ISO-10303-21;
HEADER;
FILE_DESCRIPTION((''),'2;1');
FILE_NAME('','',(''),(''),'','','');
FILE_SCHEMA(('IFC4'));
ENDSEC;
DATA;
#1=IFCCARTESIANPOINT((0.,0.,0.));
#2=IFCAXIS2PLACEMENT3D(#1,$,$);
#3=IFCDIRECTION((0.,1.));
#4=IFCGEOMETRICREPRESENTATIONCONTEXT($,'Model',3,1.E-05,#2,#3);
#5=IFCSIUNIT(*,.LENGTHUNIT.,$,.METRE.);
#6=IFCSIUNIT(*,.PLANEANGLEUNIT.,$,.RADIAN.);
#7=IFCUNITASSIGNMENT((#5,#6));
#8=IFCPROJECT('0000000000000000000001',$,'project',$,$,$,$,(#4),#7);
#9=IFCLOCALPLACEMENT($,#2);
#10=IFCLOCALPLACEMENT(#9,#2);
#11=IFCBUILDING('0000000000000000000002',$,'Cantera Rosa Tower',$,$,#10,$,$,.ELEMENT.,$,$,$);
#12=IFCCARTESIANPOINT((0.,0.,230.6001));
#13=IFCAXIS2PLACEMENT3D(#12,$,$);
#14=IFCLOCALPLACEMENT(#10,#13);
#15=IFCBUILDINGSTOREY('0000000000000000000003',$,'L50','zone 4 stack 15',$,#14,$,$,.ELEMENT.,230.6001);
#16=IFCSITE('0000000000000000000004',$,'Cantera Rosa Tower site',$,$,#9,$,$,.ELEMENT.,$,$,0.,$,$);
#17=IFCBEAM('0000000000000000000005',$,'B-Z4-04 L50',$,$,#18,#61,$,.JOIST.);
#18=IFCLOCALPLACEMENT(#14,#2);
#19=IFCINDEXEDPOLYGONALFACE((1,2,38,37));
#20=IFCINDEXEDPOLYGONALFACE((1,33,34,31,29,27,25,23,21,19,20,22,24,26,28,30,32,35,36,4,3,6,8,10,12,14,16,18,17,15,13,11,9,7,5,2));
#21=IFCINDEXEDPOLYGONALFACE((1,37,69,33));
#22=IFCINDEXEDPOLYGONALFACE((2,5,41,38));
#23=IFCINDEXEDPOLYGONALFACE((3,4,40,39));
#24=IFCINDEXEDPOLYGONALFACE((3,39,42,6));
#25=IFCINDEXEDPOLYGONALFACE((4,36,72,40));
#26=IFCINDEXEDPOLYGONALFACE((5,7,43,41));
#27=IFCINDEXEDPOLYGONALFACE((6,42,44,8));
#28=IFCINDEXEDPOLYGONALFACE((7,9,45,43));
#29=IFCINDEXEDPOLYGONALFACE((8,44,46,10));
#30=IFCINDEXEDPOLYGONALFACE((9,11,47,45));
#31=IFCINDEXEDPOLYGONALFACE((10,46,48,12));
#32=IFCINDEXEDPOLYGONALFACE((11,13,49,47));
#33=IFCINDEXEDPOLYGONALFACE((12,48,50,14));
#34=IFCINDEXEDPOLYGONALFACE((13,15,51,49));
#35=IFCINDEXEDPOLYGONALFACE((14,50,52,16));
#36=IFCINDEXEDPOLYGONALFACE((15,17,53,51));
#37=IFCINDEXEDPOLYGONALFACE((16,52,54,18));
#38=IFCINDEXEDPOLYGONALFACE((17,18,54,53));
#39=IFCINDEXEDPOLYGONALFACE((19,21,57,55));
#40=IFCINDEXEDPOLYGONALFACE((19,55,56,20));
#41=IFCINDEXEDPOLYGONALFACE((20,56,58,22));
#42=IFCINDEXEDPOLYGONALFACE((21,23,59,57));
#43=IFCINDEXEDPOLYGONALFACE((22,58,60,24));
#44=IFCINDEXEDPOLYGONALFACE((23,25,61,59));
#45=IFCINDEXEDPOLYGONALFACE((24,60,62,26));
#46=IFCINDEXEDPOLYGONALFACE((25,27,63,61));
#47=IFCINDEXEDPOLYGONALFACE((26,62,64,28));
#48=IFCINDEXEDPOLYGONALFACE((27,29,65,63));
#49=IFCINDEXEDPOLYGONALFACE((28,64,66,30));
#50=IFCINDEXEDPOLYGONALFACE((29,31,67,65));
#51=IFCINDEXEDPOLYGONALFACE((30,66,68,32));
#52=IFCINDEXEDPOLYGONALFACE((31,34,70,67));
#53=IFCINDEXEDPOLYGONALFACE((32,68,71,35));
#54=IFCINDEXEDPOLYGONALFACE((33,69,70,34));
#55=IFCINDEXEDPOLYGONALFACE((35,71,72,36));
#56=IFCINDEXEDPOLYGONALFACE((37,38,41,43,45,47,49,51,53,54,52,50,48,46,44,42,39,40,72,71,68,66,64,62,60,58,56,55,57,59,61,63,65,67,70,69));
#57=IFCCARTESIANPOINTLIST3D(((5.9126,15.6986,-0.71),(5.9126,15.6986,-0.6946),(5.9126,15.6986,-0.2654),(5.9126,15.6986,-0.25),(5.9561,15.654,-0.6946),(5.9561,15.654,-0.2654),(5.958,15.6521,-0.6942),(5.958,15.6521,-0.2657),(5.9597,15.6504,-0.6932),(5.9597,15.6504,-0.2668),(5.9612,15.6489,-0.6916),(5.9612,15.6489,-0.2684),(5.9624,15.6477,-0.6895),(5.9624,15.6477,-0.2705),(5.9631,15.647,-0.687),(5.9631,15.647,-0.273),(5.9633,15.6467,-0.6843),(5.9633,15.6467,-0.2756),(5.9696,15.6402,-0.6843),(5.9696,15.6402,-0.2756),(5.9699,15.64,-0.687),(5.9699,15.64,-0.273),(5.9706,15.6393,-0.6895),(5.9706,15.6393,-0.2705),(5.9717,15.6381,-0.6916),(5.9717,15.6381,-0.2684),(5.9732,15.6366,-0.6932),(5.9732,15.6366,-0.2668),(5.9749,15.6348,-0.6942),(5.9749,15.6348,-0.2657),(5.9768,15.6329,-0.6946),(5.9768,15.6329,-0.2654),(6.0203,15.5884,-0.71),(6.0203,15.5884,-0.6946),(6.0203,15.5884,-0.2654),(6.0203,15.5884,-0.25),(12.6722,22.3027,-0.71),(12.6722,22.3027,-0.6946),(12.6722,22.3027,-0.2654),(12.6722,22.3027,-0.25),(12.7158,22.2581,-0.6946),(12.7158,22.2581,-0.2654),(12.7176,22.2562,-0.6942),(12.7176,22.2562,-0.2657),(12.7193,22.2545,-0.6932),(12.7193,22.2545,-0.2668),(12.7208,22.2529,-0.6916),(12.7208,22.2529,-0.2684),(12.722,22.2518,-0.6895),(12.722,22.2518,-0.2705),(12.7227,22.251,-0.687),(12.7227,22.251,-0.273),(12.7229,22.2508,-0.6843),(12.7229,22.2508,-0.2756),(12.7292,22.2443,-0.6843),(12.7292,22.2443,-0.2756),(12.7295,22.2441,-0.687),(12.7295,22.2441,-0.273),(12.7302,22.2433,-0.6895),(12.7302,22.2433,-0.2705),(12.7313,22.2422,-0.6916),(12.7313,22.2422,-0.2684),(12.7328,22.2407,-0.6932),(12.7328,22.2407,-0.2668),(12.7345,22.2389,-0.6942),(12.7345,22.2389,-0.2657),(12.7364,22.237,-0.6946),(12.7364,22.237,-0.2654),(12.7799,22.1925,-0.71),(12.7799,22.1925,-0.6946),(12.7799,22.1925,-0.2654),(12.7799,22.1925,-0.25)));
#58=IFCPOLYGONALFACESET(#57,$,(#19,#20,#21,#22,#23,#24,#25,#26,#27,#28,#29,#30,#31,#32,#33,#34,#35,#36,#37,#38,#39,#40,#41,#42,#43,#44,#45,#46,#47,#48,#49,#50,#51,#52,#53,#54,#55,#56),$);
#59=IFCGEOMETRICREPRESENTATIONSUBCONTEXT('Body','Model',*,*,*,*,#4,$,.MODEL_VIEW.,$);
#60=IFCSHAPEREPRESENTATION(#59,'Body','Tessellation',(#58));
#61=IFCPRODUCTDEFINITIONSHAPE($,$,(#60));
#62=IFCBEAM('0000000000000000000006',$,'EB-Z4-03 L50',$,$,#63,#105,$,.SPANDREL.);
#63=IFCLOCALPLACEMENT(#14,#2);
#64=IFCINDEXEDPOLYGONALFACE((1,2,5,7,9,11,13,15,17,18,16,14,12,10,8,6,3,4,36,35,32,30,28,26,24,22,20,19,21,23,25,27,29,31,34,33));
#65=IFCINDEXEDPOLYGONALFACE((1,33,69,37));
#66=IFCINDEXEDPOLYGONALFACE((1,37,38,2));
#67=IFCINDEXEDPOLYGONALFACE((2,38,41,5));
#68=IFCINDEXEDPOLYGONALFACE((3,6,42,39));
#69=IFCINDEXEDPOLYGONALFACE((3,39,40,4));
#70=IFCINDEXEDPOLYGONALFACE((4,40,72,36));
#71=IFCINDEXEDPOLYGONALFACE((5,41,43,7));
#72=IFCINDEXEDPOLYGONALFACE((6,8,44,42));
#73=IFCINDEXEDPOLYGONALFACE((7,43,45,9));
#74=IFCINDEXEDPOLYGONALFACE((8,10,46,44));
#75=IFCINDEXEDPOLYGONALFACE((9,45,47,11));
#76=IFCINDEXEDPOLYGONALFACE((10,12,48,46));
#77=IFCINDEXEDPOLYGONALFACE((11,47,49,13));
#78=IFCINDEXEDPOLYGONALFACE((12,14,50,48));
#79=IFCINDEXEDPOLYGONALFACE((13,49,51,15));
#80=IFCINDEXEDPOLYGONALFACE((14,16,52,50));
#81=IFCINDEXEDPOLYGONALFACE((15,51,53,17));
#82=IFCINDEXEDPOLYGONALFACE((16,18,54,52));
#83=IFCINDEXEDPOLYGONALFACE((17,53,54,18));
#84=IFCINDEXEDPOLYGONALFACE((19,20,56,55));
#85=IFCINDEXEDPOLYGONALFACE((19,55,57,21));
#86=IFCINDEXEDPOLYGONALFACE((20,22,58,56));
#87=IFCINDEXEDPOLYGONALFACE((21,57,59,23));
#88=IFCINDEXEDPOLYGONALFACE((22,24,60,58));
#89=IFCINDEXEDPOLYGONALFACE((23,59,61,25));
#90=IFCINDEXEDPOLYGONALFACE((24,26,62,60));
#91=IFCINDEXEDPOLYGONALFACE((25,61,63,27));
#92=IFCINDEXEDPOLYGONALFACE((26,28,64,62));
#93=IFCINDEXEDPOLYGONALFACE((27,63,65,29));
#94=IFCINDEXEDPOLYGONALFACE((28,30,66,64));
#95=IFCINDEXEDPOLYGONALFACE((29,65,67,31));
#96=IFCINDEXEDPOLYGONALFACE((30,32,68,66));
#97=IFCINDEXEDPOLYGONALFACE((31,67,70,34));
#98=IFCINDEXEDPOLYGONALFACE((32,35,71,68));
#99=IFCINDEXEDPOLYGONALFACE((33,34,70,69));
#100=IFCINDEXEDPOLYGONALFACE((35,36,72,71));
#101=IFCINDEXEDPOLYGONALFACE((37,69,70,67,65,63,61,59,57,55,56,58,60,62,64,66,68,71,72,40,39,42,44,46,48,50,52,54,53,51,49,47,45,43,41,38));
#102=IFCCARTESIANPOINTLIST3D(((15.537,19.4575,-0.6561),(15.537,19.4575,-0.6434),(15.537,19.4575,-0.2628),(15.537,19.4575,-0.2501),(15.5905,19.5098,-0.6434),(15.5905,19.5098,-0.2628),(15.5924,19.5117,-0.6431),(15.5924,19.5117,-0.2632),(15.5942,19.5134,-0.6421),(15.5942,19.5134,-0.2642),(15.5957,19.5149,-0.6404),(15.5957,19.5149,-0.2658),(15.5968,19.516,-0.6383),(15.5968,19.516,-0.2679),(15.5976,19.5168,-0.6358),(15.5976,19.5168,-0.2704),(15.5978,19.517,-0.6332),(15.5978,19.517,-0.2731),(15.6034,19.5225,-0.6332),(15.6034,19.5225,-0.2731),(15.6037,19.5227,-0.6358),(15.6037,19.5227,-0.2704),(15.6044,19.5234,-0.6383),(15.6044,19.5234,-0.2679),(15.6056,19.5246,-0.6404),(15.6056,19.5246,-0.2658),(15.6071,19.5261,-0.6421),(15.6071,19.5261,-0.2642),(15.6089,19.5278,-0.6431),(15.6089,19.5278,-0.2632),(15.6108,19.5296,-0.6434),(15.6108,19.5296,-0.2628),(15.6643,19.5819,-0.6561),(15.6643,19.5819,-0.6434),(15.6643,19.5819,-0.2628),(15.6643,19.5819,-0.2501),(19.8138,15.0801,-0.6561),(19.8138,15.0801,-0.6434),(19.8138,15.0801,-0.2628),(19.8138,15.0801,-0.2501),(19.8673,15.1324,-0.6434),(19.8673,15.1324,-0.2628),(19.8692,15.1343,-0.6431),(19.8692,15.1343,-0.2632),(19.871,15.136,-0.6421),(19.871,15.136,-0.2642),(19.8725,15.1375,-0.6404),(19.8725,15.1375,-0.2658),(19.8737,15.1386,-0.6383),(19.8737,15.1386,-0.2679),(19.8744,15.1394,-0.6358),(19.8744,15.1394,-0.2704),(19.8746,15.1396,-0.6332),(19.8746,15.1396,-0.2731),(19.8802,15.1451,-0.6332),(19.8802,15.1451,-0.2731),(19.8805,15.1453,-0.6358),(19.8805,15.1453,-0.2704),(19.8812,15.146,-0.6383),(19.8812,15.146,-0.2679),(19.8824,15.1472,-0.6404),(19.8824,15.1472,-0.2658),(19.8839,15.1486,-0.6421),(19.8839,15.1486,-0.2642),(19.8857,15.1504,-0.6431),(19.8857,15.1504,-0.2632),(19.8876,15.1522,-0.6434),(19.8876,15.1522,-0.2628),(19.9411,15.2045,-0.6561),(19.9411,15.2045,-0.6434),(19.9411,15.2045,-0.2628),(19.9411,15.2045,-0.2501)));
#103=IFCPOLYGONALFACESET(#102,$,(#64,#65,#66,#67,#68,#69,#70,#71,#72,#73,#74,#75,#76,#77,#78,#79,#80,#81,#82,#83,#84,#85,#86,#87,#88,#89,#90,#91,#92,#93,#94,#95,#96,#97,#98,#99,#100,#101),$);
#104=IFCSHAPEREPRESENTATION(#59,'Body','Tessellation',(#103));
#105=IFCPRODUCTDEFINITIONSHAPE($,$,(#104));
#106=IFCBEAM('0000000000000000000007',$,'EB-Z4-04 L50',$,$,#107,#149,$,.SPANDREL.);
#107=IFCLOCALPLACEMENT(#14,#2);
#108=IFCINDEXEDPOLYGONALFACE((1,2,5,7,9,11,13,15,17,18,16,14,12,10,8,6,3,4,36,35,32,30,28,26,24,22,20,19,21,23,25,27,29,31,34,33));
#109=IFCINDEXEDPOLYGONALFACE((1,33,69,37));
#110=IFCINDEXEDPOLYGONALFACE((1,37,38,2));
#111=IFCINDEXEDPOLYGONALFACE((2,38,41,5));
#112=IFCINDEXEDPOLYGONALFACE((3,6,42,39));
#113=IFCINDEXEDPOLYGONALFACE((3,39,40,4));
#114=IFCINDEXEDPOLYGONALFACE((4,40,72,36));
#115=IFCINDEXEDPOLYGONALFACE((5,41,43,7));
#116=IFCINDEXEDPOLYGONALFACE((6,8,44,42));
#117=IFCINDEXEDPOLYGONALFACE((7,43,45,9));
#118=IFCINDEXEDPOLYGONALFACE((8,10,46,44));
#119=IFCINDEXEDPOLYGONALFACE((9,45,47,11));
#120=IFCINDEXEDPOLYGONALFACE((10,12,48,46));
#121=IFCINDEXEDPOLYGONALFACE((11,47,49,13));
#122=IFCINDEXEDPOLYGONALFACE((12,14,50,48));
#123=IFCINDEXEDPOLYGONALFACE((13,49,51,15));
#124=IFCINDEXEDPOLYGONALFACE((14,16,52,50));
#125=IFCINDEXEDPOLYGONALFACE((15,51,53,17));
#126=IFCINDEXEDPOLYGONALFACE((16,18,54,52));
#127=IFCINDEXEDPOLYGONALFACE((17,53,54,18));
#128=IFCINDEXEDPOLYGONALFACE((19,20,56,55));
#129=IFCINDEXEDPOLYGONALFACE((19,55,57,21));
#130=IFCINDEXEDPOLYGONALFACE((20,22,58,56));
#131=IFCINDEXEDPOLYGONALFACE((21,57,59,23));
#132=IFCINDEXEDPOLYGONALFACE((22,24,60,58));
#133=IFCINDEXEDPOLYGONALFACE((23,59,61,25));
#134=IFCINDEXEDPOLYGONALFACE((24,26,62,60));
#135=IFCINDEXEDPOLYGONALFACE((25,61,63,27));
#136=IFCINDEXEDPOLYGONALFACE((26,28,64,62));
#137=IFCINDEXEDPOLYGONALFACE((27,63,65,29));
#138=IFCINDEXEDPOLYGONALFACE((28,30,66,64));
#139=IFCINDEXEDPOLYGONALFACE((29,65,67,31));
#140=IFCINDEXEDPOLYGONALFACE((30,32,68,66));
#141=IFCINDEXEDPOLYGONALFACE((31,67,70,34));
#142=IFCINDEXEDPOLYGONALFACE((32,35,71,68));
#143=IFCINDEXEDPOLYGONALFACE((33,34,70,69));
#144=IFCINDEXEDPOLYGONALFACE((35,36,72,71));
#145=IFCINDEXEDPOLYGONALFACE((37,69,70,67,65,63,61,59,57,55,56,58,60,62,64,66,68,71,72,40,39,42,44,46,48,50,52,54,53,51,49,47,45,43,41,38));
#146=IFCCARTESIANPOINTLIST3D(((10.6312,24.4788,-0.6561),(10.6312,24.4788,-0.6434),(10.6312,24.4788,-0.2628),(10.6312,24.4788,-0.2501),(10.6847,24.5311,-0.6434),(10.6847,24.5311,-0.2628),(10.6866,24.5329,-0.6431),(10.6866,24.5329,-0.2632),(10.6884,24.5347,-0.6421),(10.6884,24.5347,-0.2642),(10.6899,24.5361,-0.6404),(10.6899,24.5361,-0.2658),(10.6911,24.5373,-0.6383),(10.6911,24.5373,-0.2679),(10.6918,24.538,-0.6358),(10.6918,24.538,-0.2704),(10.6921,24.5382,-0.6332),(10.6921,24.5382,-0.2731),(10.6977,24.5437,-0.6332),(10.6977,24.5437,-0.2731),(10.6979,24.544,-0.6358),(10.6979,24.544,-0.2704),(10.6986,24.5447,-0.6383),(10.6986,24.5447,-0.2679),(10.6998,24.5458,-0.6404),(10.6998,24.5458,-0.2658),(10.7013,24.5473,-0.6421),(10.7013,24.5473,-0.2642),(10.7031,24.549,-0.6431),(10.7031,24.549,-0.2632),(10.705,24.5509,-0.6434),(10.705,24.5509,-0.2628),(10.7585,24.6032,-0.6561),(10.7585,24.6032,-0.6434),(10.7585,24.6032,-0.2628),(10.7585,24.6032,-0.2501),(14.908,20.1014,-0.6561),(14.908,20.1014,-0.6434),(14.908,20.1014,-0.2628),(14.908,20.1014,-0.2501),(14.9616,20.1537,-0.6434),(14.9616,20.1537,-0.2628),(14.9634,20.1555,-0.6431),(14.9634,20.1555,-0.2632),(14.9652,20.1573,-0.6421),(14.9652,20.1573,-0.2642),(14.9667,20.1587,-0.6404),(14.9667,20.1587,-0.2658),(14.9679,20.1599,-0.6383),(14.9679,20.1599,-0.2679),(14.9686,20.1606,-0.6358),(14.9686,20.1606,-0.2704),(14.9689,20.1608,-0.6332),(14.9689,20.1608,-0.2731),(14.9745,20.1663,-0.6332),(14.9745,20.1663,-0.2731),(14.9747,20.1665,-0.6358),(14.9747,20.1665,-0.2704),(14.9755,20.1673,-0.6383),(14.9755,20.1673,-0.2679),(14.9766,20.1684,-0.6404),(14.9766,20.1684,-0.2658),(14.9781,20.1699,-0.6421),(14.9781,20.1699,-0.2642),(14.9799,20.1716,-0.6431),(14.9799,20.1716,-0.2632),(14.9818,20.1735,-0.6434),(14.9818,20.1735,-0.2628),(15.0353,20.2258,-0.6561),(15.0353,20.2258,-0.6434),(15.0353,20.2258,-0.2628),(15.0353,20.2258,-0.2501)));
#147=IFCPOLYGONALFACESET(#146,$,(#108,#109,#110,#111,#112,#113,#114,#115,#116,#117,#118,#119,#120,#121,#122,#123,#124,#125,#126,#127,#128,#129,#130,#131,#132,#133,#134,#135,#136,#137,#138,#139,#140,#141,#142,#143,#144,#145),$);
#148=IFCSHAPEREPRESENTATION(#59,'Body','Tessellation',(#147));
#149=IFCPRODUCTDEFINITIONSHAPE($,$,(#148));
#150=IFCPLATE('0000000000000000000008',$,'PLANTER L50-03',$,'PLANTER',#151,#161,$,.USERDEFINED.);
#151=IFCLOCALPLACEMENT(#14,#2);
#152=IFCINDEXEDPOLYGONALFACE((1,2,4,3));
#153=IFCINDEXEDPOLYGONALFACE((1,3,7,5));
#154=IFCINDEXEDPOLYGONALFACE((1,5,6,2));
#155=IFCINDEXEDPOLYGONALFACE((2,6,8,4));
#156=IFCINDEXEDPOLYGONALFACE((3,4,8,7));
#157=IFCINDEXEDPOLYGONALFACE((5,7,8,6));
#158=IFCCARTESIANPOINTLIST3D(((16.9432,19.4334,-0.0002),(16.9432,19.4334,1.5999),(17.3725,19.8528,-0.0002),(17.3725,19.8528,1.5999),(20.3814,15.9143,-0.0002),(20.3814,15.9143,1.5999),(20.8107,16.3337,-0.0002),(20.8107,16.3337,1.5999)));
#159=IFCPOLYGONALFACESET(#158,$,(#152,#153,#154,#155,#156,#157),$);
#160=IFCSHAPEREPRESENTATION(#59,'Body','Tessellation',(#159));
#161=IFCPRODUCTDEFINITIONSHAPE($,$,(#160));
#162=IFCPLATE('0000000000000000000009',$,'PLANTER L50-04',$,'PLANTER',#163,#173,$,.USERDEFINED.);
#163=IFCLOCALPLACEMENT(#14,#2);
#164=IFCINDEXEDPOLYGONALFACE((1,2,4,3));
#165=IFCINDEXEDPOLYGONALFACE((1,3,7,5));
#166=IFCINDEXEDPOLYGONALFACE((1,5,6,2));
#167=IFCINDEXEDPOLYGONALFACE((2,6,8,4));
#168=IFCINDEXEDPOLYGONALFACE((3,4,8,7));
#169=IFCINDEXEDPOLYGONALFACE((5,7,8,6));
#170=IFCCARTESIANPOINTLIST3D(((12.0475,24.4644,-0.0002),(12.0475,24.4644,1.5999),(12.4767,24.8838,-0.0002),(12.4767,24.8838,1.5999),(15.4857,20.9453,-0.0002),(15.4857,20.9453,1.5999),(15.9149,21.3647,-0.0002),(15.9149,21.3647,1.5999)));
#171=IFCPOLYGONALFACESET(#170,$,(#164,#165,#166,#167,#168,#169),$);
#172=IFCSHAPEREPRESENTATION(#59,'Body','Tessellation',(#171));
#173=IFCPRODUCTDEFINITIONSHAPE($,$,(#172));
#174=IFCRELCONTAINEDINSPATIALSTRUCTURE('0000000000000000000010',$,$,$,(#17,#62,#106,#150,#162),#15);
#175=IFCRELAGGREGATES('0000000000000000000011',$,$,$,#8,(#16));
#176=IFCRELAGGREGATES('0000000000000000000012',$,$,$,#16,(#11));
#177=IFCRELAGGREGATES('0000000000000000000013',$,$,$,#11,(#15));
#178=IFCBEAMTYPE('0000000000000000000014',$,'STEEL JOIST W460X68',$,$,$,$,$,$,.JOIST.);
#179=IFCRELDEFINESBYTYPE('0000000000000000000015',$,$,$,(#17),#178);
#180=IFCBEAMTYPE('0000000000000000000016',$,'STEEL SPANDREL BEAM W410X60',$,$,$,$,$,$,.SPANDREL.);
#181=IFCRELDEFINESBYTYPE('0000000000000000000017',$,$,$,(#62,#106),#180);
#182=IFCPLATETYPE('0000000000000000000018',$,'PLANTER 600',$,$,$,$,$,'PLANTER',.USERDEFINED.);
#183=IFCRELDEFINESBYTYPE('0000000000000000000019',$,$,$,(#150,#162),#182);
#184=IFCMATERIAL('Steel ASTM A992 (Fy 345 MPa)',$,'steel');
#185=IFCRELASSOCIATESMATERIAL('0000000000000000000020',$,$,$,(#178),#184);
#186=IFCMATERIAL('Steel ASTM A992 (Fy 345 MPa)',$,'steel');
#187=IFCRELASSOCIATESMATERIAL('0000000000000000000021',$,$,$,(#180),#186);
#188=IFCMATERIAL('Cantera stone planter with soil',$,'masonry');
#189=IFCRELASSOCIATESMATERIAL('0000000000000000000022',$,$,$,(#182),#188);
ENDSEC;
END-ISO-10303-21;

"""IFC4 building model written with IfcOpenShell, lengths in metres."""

from ifc_helpers import new_model, si_unit, direction, frame, origin, origin_2d, place, context, subcontext, project, spatial, rectangle, i_section, extrude, material, material_profile, profile_set, type_object, element, save


model = new_model("IFC4")

# Units and contexts
model_context = context("Model", 3, precision=1e-05, world=origin(), true_north=direction((0.0, 1.0)))
body_context = subcontext(model_context, "Body", "Model", "MODEL_VIEW")
ifc_project = project(units=[si_unit("LENGTHUNIT", "METRE"), si_unit("PLANEANGLEUNIT", "RADIAN")], contexts=[model_context])

# Site, building, storey
site_placement = place(None, origin())
site = spatial("IfcSite", under=ifc_project, at=site_placement, Name="Cantera Rosa Tower site", CompositionType="ELEMENT", RefElevation=0.0)
building_placement = place(site_placement, origin())
building = spatial("IfcBuilding", under=site, at=building_placement, Name="Cantera Rosa Tower", CompositionType="ELEMENT")
storey_placement = place(building_placement, frame((0.0, 0.0, 230.6001)))
storey = spatial("IfcBuildingStorey", under=building, at=storey_placement, Name="L50", Description="zone 4 stack 15", CompositionType="ELEMENT", Elevation=230.6001)

# Beams
ifc_material_1 = material(Name="Steel ASTM A992 (Fy 345 MPa)", Category="steel")
ifc_material_profile_1 = material_profile(ifc_material_1, i_section(OverallWidth=0.1541, OverallDepth=0.46, WebThickness=0.009, FlangeThickness=0.0154, FilletRadius=0.0103, at=origin_2d()), Name="W460X68")
ifc_profile_set_1 = profile_set([ifc_material_profile_1], Name="Steel ASTM A992 (Fy 345 MPa)")
beam_type_1 = type_object("IfcBeamType", Name="STEEL JOIST W460X68", PredefinedType="JOIST", material=ifc_profile_set_1)
for number, where, z_axis, x_axis, name in (
    (1, (12.7261, 22.2476, -0.48), (-0.715287, -0.698831, 0.0), (0.698831, -0.715287, 0.0), "B-Z4-04 L50"),
):
    element("IfcBeam", number, at=place(storey_placement, frame(where, z_axis=z_axis, x_axis=x_axis)), inside=storey, type_object=beam_type_1, Name=name, PredefinedType="JOIST", context=body_context, shape_type="SweptSolid", body=[
        extrude(i_section(OverallWidth=0.1541, OverallDepth=0.46, WebThickness=0.009, FlangeThickness=0.0154, FilletRadius=0.0103, at=origin_2d()), origin(), (0.0, 0.0, 1.0), 9.4502),
    ])
ifc_material_2 = material(Name="Steel ASTM A992 (Fy 345 MPa)", Category="steel")
ifc_material_profile_2 = material_profile(ifc_material_2, i_section(OverallWidth=0.178, OverallDepth=0.406, WebThickness=0.0078, FlangeThickness=0.0127, FilletRadius=0.0103, at=origin_2d()), Name="W410X60")
ifc_profile_set_2 = profile_set([ifc_material_profile_2], Name="Steel ASTM A992 (Fy 345 MPa)")
beam_type_2 = type_object("IfcBeamType", Name="STEEL SPANDREL BEAM W410X60", PredefinedType="SPANDREL", material=ifc_profile_set_2)
for number, where, z_axis, x_axis, name in (
    (2, (19.8774, 15.1423, -0.4531), (-0.698841, 0.715277, 0.0), (-0.715277, -0.698841, 0.0), "EB-Z4-03 L50"),
    (3, (14.9717, 20.1636, -0.4531), (-0.698841, 0.715277, 0.0), (-0.715277, -0.698841, 0.0), "EB-Z4-04 L50"),
):
    element("IfcBeam", number, at=place(storey_placement, frame(where, z_axis=z_axis, x_axis=x_axis)), inside=storey, type_object=beam_type_2, Name=name, PredefinedType="SPANDREL", context=body_context, shape_type="SweptSolid", body=[
        extrude(i_section(OverallWidth=0.178, OverallDepth=0.406, WebThickness=0.0078, FlangeThickness=0.0127, FilletRadius=0.0103, at=origin_2d()), origin(), (0.0, 0.0, 1.0), 6.1199),
    ])

# Plates
ifc_material_3 = material(Name="Cantera stone planter with soil", Category="masonry")
plate_type = type_object("IfcPlateType", Name="PLANTER 600", ElementType="PLANTER", PredefinedType="USERDEFINED", material=ifc_material_3)
for number, where, z_axis, x_axis, name in (
    (4, (18.877, 17.8835, -0.0002), (0.0, 0.0, 1.0), (-0.698832, 0.715286, 0.0), "PLANTER L50-03"),
    (5, (13.9812, 22.9146, -0.0002), (0.0, 0.0, 1.0), (-0.698832, 0.715286, 0.0), "PLANTER L50-04"),
):
    element("IfcPlate", number, at=place(storey_placement, frame(where, z_axis=z_axis, x_axis=x_axis)), inside=storey, type_object=plate_type, Name=name, ObjectType="PLANTER", PredefinedType="USERDEFINED", context=body_context, shape_type="SweptSolid", body=[
        extrude(rectangle(XDim=4.9199, YDim=0.6001, at=origin_2d()), origin(), (0.0, 0.0, 1.0), 1.6001),
    ])

save(model, "model.ifc")
